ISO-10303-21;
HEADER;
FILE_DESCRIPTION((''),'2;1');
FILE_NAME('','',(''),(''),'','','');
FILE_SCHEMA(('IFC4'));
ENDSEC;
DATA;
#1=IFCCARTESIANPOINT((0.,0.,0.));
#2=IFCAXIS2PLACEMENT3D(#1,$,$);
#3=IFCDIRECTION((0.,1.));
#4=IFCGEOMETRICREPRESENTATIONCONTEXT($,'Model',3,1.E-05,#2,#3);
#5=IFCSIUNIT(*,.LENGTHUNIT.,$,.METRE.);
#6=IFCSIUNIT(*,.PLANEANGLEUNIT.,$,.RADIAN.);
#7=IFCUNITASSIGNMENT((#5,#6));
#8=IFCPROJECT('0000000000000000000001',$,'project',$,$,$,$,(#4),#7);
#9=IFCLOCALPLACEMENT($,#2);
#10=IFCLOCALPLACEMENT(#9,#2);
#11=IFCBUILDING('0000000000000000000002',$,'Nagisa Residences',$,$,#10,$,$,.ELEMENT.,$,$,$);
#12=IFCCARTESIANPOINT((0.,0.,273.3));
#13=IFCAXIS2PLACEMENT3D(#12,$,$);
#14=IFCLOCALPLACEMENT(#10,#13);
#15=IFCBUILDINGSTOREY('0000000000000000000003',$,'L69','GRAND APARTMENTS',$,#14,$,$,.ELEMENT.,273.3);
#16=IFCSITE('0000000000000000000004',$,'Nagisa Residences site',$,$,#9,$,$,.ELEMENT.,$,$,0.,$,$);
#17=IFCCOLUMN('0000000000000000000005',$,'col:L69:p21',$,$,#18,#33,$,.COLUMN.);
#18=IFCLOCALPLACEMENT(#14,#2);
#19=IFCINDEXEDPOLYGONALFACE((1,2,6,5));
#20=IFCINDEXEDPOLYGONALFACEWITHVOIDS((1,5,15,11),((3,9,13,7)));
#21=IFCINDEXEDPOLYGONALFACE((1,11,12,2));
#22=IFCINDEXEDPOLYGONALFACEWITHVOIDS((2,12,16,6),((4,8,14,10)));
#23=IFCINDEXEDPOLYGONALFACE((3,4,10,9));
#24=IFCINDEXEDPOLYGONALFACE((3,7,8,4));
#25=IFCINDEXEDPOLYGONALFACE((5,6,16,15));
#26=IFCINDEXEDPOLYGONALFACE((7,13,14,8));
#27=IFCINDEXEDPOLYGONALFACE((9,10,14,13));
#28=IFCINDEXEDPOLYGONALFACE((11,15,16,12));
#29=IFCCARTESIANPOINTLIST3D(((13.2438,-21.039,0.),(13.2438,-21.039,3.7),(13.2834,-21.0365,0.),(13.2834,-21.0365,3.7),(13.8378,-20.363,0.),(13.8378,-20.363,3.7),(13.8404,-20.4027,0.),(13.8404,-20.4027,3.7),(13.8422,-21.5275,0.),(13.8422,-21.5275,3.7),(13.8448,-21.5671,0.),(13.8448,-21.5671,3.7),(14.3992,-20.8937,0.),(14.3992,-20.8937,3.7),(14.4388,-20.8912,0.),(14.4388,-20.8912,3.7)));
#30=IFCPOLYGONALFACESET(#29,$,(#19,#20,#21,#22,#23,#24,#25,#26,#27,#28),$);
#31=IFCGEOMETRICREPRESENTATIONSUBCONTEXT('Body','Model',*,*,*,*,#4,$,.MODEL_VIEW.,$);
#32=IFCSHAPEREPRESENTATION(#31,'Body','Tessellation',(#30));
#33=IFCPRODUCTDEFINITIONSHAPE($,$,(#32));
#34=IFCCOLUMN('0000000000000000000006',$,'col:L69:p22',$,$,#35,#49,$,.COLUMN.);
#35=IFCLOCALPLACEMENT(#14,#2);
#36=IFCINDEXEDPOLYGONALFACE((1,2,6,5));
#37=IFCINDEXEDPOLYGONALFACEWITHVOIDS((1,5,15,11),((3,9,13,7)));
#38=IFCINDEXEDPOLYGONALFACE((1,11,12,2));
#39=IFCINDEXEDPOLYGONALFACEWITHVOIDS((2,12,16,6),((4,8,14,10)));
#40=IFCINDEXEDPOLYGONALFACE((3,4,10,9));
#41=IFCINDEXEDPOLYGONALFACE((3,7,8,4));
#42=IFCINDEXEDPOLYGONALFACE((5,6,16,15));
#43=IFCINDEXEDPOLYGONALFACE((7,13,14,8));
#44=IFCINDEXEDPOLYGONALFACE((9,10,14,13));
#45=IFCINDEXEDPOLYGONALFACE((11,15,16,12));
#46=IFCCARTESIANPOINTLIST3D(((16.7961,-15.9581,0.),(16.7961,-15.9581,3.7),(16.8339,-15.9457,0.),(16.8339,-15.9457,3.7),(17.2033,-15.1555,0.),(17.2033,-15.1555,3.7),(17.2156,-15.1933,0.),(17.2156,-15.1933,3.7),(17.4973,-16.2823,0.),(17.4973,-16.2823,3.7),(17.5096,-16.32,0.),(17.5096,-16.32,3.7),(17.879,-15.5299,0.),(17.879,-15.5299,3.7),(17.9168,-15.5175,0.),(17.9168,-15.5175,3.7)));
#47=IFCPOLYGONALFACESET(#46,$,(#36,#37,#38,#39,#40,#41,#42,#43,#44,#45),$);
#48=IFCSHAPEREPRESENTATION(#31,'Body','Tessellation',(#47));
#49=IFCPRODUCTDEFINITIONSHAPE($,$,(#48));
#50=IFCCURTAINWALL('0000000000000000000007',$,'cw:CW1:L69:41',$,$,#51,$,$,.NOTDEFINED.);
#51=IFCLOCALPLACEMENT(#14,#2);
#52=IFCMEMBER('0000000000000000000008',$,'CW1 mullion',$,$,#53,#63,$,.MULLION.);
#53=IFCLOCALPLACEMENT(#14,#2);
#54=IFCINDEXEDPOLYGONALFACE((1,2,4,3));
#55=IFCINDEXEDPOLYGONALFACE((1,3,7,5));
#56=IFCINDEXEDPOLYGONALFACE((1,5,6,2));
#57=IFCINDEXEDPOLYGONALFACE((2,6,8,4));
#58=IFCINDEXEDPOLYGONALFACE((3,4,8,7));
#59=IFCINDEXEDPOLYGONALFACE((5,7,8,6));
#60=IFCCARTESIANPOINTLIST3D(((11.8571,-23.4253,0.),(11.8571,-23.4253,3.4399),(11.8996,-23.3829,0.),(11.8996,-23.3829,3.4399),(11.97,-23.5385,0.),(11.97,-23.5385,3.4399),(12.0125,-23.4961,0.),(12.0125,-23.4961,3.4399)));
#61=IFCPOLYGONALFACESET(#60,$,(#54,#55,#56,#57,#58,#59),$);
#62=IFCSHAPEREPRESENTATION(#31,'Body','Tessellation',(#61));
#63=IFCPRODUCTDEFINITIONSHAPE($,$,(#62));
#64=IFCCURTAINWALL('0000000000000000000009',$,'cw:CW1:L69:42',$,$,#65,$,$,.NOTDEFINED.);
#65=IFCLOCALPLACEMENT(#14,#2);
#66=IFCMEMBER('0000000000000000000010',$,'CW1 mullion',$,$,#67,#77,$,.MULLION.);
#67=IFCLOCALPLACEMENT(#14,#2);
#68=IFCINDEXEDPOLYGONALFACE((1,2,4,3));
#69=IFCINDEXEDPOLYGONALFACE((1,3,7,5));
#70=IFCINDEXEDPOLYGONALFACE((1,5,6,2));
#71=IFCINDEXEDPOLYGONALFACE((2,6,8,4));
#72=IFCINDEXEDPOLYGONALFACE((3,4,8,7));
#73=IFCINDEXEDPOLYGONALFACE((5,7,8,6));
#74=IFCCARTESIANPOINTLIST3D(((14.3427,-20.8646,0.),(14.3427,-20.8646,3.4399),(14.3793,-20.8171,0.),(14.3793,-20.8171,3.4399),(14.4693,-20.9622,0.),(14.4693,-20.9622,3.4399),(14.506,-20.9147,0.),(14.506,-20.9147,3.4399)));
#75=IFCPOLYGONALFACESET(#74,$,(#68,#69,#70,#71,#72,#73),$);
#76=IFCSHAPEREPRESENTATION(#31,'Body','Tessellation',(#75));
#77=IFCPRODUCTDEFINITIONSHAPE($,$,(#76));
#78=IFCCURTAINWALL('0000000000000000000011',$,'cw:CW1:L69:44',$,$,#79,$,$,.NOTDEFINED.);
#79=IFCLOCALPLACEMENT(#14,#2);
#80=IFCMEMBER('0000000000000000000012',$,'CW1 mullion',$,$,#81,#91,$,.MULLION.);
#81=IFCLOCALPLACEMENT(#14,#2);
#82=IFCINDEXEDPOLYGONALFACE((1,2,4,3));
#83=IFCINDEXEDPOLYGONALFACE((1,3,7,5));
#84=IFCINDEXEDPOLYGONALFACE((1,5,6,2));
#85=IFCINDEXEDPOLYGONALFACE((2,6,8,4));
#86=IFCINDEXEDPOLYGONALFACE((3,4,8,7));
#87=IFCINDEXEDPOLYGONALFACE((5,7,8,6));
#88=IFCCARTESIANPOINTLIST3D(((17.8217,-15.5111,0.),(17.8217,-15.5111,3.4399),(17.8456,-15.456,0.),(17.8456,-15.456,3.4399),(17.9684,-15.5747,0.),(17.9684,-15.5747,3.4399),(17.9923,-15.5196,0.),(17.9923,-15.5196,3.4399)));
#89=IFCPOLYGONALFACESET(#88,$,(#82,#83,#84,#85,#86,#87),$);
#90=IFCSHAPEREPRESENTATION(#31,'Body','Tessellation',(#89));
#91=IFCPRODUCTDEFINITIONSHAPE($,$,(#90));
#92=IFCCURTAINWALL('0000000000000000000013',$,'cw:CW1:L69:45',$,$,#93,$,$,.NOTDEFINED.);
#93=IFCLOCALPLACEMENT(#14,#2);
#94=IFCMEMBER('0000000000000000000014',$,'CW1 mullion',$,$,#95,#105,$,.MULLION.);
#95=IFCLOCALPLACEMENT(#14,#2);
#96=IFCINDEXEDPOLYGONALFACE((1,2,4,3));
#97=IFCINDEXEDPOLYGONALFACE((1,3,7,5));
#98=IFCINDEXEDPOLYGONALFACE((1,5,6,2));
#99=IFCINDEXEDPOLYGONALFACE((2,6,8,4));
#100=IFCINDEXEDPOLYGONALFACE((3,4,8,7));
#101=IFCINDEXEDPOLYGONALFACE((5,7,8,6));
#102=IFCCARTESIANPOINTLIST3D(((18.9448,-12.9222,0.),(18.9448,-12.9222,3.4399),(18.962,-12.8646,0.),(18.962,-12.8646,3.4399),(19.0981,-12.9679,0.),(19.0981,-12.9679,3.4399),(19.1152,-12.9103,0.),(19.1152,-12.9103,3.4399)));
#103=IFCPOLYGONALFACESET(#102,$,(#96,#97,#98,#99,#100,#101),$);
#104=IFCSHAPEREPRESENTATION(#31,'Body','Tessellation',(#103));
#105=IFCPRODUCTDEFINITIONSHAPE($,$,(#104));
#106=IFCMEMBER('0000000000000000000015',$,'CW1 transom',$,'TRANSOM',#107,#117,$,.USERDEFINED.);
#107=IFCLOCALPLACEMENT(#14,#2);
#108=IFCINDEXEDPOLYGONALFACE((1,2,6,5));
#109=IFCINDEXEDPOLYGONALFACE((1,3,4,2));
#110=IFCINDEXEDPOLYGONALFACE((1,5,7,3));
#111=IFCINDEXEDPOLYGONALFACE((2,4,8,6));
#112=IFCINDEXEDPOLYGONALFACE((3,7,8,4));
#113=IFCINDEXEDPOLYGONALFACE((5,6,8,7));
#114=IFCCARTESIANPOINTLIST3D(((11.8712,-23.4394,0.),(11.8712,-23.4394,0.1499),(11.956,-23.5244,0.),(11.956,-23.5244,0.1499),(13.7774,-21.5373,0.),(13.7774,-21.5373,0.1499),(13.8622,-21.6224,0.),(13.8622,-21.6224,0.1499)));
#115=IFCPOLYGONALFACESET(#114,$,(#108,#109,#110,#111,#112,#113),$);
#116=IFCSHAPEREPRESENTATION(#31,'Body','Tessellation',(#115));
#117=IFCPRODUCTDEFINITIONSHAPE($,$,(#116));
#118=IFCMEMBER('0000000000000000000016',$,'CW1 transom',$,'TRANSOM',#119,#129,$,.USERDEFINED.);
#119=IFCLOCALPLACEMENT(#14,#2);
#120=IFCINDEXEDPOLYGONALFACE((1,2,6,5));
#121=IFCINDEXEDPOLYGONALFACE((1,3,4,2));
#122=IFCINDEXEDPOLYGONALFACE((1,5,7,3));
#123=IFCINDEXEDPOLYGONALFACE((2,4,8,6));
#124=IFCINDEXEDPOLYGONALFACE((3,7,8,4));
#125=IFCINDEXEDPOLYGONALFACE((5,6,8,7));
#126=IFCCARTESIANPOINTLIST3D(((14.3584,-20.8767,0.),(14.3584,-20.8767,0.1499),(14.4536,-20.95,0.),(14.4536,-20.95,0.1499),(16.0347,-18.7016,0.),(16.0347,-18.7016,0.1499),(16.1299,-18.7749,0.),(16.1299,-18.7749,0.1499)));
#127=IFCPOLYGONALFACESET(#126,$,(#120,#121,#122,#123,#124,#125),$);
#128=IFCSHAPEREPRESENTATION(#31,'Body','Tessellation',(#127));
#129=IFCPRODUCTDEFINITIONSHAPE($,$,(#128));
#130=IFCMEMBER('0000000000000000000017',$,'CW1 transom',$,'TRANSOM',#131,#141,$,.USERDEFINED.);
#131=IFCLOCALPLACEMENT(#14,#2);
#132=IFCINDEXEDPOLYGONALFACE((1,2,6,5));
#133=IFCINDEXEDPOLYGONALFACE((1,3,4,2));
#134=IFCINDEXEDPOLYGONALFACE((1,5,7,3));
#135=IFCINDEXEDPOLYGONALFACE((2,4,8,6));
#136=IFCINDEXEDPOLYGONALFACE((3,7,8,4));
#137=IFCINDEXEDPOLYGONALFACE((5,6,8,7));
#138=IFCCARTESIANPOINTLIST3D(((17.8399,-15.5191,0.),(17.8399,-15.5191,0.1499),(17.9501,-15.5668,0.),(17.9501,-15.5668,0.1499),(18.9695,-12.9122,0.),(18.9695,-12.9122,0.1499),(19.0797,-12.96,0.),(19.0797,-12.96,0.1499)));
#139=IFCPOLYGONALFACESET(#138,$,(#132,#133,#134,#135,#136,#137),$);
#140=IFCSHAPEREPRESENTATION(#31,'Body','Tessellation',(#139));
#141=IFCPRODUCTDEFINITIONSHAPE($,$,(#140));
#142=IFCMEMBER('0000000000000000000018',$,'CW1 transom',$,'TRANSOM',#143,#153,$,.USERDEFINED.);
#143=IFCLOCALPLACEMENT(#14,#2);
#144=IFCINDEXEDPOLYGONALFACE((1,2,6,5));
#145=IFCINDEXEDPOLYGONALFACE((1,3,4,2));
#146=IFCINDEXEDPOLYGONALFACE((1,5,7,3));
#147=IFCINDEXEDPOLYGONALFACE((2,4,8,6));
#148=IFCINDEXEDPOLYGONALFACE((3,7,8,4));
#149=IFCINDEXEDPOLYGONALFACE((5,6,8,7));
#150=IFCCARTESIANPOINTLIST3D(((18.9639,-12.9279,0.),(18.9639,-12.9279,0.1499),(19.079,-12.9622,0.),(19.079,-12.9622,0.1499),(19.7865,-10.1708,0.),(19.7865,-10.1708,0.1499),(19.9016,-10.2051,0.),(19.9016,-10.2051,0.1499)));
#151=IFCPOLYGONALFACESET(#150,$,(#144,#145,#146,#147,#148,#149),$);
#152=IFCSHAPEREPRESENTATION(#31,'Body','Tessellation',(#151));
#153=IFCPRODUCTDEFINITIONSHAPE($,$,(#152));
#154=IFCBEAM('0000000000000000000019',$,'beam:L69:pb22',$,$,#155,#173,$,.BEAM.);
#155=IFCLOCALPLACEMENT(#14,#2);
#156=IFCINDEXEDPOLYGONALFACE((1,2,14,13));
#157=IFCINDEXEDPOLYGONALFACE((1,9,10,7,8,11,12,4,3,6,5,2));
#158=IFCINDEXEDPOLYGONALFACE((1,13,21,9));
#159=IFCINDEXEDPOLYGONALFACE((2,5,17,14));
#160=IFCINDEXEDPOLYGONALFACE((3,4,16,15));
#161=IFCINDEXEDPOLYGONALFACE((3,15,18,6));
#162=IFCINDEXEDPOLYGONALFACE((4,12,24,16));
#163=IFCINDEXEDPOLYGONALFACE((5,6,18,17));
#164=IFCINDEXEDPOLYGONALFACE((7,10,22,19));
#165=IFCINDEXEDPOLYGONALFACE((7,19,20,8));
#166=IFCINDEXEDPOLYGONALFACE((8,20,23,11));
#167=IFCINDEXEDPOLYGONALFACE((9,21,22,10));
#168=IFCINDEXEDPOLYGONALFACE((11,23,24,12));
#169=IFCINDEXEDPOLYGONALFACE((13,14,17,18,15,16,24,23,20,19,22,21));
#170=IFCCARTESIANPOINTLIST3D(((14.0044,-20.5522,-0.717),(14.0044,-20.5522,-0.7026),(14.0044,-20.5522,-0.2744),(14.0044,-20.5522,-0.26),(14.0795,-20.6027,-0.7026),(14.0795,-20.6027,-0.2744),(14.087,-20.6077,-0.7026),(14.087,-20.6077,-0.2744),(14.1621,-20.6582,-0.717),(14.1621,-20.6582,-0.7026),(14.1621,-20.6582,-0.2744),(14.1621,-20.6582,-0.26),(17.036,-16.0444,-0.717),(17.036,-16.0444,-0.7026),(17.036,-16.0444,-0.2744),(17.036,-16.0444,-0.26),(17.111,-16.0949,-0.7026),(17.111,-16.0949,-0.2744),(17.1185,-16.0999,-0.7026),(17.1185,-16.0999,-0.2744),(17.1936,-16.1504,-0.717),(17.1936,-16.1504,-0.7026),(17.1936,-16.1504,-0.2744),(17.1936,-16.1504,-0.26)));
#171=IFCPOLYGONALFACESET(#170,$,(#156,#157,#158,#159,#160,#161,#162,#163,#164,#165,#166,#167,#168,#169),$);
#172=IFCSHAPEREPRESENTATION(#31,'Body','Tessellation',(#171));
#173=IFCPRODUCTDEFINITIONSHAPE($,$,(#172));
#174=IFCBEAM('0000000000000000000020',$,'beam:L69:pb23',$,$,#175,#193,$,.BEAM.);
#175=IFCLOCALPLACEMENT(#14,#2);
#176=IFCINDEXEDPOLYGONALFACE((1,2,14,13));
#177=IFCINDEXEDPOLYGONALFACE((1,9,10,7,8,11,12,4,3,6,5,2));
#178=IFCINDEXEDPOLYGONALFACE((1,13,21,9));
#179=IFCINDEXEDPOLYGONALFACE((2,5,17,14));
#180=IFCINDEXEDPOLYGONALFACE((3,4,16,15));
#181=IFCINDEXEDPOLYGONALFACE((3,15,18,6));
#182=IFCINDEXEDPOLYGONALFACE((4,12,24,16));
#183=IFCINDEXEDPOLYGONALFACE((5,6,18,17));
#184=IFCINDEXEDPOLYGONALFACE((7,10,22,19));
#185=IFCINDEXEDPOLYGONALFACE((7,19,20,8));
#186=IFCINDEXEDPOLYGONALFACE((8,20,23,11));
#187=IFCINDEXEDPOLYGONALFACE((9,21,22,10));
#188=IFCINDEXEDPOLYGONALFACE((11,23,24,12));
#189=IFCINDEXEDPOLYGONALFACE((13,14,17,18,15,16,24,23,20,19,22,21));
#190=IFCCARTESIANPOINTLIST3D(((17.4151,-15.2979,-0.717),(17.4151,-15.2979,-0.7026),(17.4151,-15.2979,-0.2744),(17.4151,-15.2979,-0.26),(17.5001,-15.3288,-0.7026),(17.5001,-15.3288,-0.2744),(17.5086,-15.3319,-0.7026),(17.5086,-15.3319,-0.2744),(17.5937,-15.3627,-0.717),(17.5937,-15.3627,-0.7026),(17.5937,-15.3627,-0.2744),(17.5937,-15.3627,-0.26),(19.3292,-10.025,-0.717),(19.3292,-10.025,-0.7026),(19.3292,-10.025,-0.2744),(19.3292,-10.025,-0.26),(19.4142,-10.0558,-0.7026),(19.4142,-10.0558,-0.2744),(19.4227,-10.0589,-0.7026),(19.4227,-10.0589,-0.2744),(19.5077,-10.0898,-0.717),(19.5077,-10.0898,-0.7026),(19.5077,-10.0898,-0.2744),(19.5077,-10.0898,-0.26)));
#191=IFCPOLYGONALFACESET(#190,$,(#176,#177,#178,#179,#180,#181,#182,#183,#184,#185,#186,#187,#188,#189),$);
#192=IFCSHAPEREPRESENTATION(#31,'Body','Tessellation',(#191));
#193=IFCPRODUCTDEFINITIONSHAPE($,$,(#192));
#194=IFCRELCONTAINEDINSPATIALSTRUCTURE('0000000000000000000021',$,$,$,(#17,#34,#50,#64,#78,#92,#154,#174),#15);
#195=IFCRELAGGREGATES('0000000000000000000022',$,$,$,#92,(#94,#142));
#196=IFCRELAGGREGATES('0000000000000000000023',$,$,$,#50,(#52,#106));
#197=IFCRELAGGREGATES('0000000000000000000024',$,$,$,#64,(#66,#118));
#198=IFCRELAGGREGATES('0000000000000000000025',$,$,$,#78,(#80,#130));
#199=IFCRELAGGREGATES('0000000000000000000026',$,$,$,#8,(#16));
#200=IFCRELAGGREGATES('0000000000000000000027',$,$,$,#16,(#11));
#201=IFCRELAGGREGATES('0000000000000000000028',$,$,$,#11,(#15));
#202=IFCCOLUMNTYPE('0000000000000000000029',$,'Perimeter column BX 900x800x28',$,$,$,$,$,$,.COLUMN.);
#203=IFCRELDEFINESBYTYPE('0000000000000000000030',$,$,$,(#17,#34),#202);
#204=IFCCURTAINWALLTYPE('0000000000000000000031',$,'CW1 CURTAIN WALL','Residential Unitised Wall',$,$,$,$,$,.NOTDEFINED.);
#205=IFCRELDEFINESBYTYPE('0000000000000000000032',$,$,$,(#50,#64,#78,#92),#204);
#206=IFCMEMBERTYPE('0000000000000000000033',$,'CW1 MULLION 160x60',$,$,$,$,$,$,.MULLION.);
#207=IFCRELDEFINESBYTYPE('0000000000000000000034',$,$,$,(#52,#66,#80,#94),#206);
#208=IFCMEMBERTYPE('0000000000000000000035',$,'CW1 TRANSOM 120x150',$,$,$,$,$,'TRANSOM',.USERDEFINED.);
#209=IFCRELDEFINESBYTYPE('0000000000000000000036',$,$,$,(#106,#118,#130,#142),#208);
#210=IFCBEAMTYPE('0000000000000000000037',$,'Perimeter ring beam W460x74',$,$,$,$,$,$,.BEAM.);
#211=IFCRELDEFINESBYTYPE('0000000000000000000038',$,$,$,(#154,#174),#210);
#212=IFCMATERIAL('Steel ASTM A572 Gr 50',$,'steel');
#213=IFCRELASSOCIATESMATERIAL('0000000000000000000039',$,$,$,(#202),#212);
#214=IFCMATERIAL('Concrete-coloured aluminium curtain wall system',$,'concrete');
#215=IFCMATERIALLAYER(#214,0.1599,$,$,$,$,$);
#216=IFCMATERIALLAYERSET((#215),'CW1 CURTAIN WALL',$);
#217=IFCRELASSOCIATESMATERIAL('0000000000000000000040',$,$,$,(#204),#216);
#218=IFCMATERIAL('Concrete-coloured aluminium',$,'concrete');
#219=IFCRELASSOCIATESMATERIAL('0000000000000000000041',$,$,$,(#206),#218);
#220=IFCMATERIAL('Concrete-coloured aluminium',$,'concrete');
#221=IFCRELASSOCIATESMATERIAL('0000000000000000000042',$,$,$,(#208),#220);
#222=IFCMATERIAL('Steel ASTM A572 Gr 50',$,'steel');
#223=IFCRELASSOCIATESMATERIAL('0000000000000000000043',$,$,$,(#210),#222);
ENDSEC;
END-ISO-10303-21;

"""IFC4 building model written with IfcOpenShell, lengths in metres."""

from ifc_helpers import new_model, si_unit, direction, frame, origin, origin_2d, place, context, subcontext, project, spatial, rectangle, hollow_rectangle, i_section, extrude, material, layer, layer_set, material_profile, profile_set, type_object, element, aggregate, save


model = new_model("IFC4")

# Units and contexts
model_context = context("Model", 3, precision=1e-05, world=origin(), true_north=direction((0.0, 1.0)))
body_context = subcontext(model_context, "Body", "Model", "MODEL_VIEW")
ifc_project = project(units=[si_unit("LENGTHUNIT", "METRE"), si_unit("PLANEANGLEUNIT", "RADIAN")], contexts=[model_context])

# Site, building, storey
site_placement = place(None, origin())
site = spatial("IfcSite", under=ifc_project, at=site_placement, Name="Nagisa Residences site", CompositionType="ELEMENT", RefElevation=0.0)
building_placement = place(site_placement, origin())
building = spatial("IfcBuilding", under=site, at=building_placement, Name="Nagisa Residences", CompositionType="ELEMENT")
storey_placement = place(building_placement, frame((0.0, 0.0, 273.3)))
storey = spatial("IfcBuildingStorey", under=building, at=storey_placement, Name="L69", Description="GRAND APARTMENTS", CompositionType="ELEMENT", Elevation=273.3)

# Columns
ifc_material_1 = material(Name="Steel ASTM A572 Gr 50", Category="steel")
ifc_material_profile_1 = material_profile(ifc_material_1, hollow_rectangle(XDim=0.8999, YDim=0.8, WallThickness=0.0281, at=origin_2d()), Name="BX 900x800x28")
ifc_profile_set_1 = profile_set([ifc_material_profile_1], Name="Steel ASTM A572 Gr 50")
column_type = type_object("IfcColumnType", Name="Perimeter column BX 900x800x28", PredefinedType="COLUMN", material=ifc_profile_set_1)
for number, where, z_axis, x_axis, name in (
    (1, (13.8413, -20.9651, 0.0), (0.0, 0.0, 1.0), (0.660115, 0.751165, 0.0), "col:L69:p21"),
    (2, (17.3564, -15.7378, 0.0), (0.0, 0.0, 1.0), (0.452463, 0.891783, 0.0), "col:L69:p22"),
):
    element("IfcColumn", number, at=place(storey_placement, frame(where, z_axis=z_axis, x_axis=x_axis)), inside=storey, type_object=column_type, Name=name, PredefinedType="COLUMN", context=body_context, shape_type="SweptSolid", body=[
        extrude(hollow_rectangle(XDim=0.8999, YDim=0.8, WallThickness=0.0281, at=origin_2d()), origin(), (0.0, 0.0, 1.0), 3.7),
    ])

# Curtain walls, members
ifc_material_2 = material(Name="Concrete-coloured aluminium curtain wall system", Category="concrete")
ifc_layer_1 = layer(ifc_material_2, 0.1599)
ifc_layer_set_1 = layer_set([ifc_layer_1], Name="CW1 CURTAIN WALL")
curtain_wall_type = type_object("IfcCurtainWallType", Name="CW1 CURTAIN WALL", Description="Residential Unitised Wall", PredefinedType="NOTDEFINED", material=ifc_layer_set_1)
curtain_wall_1_placement = place(storey_placement, origin())
curtain_wall_1 = element("IfcCurtainWall", 3, at=curtain_wall_1_placement, inside=storey, type_object=curtain_wall_type, Name="cw:CW1:L69:41", PredefinedType="NOTDEFINED")
ifc_material_3 = material(Name="Concrete-coloured aluminium", Category="concrete")
ifc_material_profile_2 = material_profile(ifc_material_3, rectangle(XDim=0.1599, YDim=0.0601, at=origin_2d()), Name="CW1 MULLION 160x60")
ifc_profile_set_2 = profile_set([ifc_material_profile_2], Name="Concrete-coloured aluminium")
member_type_1 = type_object("IfcMemberType", Name="CW1 MULLION 160x60", PredefinedType="MULLION", material=ifc_profile_set_2)
member_1_placement = place(storey_placement, frame((11.9348, -23.4607, 0.0), z_axis=(0.0, 0.0, 1.0), x_axis=(-0.706377, 0.707836, 0.0)))
member_1 = element("IfcMember", 4, at=member_1_placement, type_object=member_type_1, Name="CW1 mullion", PredefinedType="MULLION", context=body_context, shape_type="SweptSolid", body=[
    extrude(rectangle(XDim=0.1599, YDim=0.0601, at=origin_2d()), origin(), (0.0, 0.0, 1.0), 3.4399),
])
curtain_wall_2_placement = place(storey_placement, origin())
curtain_wall_2 = element("IfcCurtainWall", 5, at=curtain_wall_2_placement, inside=storey, type_object=curtain_wall_type, Name="cw:CW1:L69:42", PredefinedType="NOTDEFINED")
member_2_placement = place(storey_placement, frame((14.4243, -20.8896, 0.0), z_axis=(0.0, 0.0, 1.0), x_axis=(-0.79207, 0.61043, 0.0)))
member_2 = element("IfcMember", 6, at=member_2_placement, type_object=member_type_1, Name="CW1 mullion", PredefinedType="MULLION", context=body_context, shape_type="SweptSolid", body=[
    extrude(rectangle(XDim=0.1599, YDim=0.0601, at=origin_2d()), origin(), (0.0, 0.0, 1.0), 3.4399),
])
curtain_wall_3_placement = place(storey_placement, origin())
curtain_wall_3 = element("IfcCurtainWall", 7, at=curtain_wall_3_placement, inside=storey, type_object=curtain_wall_type, Name="cw:CW1:L69:44", PredefinedType="NOTDEFINED")
member_3_placement = place(storey_placement, frame((17.907, -15.5154, 0.0), z_axis=(0.0, 0.0, 1.0), x_axis=(-0.917543, 0.397636, 0.0)))
member_3 = element("IfcMember", 8, at=member_3_placement, type_object=member_type_1, Name="CW1 mullion", PredefinedType="MULLION", context=body_context, shape_type="SweptSolid", body=[
    extrude(rectangle(XDim=0.1599, YDim=0.0601, at=origin_2d()), origin(), (0.0, 0.0, 1.0), 3.4399),
])
curtain_wall_4_placement = place(storey_placement, origin())
curtain_wall_4 = element("IfcCurtainWall", 9, at=curtain_wall_4_placement, inside=storey, type_object=curtain_wall_type, Name="cw:CW1:L69:45", PredefinedType="NOTDEFINED")
member_4_placement = place(storey_placement, frame((19.03, -12.9163, 0.0), z_axis=(0.0, 0.0, 1.0), x_axis=(-0.958271, 0.28586, 0.0)))
member_4 = element("IfcMember", 10, at=member_4_placement, type_object=member_type_1, Name="CW1 mullion", PredefinedType="MULLION", context=body_context, shape_type="SweptSolid", body=[
    extrude(rectangle(XDim=0.1599, YDim=0.0601, at=origin_2d()), origin(), (0.0, 0.0, 1.0), 3.4399),
])

# Members
ifc_material_4 = material(Name="Concrete-coloured aluminium", Category="concrete")
ifc_material_profile_3 = material_profile(ifc_material_4, rectangle(XDim=0.1201, YDim=0.1499, at=origin_2d()), Name="CW1 TRANSOM 120x150")
ifc_profile_set_3 = profile_set([ifc_material_profile_3], Name="Concrete-coloured aluminium")
member_type_2 = type_object("IfcMemberType", Name="CW1 TRANSOM 120x150", ElementType="TRANSOM", PredefinedType="USERDEFINED", material=ifc_profile_set_3)
member_5_placement = place(storey_placement, frame((11.9136, -23.4819, 0.075), z_axis=(0.707877, 0.706336, 0.0), x_axis=(-0.706336, 0.707877, 0.0)))
member_5 = element("IfcMember", 11, at=member_5_placement, type_object=member_type_2, Name="CW1 transom", ObjectType="TRANSOM", PredefinedType="USERDEFINED", context=body_context, shape_type="SweptSolid", body=[
    extrude(rectangle(XDim=0.1201, YDim=0.1499, at=origin_2d()), origin(), (0.0, 0.0, 1.0), 2.6929),
])
member_6_placement = place(storey_placement, frame((14.406, -20.9133, 0.075), z_axis=(0.610432, 0.792068, 0.0), x_axis=(-0.792068, 0.610432, 0.0)))
member_6 = element("IfcMember", 12, at=member_6_placement, type_object=member_type_2, Name="CW1 transom", ObjectType="TRANSOM", PredefinedType="USERDEFINED", context=body_context, shape_type="SweptSolid", body=[
    extrude(rectangle(XDim=0.1201, YDim=0.1499, at=origin_2d()), origin(), (0.0, 0.0, 1.0), 2.7461),
])
member_7_placement = place(storey_placement, frame((17.895, -15.543, 0.075), z_axis=(0.397598, 0.91756, 0.0), x_axis=(-0.91756, 0.397598, 0.0)))
member_7 = element("IfcMember", 13, at=member_7_placement, type_object=member_type_2, Name="CW1 transom", ObjectType="TRANSOM", PredefinedType="USERDEFINED", context=body_context, shape_type="SweptSolid", body=[
    extrude(rectangle(XDim=0.1201, YDim=0.1499, at=origin_2d()), origin(), (0.0, 0.0, 1.0), 2.8411),
])
member_8_placement = place(storey_placement, frame((19.0215, -12.9451, 0.075), z_axis=(0.285876, 0.958267, 0.0), x_axis=(-0.958267, 0.285876, 0.0)))
member_8 = element("IfcMember", 14, at=member_8_placement, type_object=member_type_2, Name="CW1 transom", ObjectType="TRANSOM", PredefinedType="USERDEFINED", context=body_context, shape_type="SweptSolid", body=[
    extrude(rectangle(XDim=0.1201, YDim=0.1499, at=origin_2d()), origin(), (0.0, 0.0, 1.0), 2.8772),
])
aggregate(curtain_wall_4, [member_4, member_8])

# Beams
ifc_material_5 = material(Name="Steel ASTM A572 Gr 50", Category="steel")
ifc_material_profile_4 = material_profile(ifc_material_5, i_section(OverallWidth=0.1899, OverallDepth=0.457, WebThickness=0.009, FlangeThickness=0.0144, at=origin_2d()), Name="W460x74")
ifc_profile_set_4 = profile_set([ifc_material_profile_4], Name="Steel ASTM A572 Gr 50")
beam_type_1 = type_object("IfcBeamType", Name="Perimeter ring beam W460x74", PredefinedType="BEAM", material=ifc_profile_set_4)
beam_1_placement = place(storey_placement, frame((14.0833, -20.6052, -0.4885), z_axis=(0.558046, 0.82981, 0.0), x_axis=(-0.82981, 0.558046, 0.0)))
element("IfcBeam", 15, at=beam_1_placement, inside=storey, type_object=beam_type_1, Name="beam:L69:pb22", PredefinedType="BEAM", context=body_context, shape_type="SweptSolid", body=[
    extrude(i_section(OverallWidth=0.1899, OverallDepth=0.457, WebThickness=0.009, FlangeThickness=0.0144, at=origin_2d()), origin(), (0.0, 0.0, 1.0), 5.4324),
])
beam_2_placement = place(storey_placement, frame((17.5044, -15.3303, -0.4885), z_axis=(0.341212, 0.939986, 0.0), x_axis=(-0.939986, 0.341212, 0.0)))
element("IfcBeam", 16, at=beam_2_placement, inside=storey, type_object=beam_type_1, Name="beam:L69:pb23", PredefinedType="BEAM", context=body_context, shape_type="SweptSolid", body=[
    extrude(i_section(OverallWidth=0.1899, OverallDepth=0.457, WebThickness=0.009, FlangeThickness=0.0144, at=origin_2d()), origin(), (0.0, 0.0, 1.0), 5.6096),
])

aggregate(curtain_wall_1, [member_1, member_5])
aggregate(curtain_wall_2, [member_2, member_6])
aggregate(curtain_wall_3, [member_3, member_7])

save(model, "model.ifc")
